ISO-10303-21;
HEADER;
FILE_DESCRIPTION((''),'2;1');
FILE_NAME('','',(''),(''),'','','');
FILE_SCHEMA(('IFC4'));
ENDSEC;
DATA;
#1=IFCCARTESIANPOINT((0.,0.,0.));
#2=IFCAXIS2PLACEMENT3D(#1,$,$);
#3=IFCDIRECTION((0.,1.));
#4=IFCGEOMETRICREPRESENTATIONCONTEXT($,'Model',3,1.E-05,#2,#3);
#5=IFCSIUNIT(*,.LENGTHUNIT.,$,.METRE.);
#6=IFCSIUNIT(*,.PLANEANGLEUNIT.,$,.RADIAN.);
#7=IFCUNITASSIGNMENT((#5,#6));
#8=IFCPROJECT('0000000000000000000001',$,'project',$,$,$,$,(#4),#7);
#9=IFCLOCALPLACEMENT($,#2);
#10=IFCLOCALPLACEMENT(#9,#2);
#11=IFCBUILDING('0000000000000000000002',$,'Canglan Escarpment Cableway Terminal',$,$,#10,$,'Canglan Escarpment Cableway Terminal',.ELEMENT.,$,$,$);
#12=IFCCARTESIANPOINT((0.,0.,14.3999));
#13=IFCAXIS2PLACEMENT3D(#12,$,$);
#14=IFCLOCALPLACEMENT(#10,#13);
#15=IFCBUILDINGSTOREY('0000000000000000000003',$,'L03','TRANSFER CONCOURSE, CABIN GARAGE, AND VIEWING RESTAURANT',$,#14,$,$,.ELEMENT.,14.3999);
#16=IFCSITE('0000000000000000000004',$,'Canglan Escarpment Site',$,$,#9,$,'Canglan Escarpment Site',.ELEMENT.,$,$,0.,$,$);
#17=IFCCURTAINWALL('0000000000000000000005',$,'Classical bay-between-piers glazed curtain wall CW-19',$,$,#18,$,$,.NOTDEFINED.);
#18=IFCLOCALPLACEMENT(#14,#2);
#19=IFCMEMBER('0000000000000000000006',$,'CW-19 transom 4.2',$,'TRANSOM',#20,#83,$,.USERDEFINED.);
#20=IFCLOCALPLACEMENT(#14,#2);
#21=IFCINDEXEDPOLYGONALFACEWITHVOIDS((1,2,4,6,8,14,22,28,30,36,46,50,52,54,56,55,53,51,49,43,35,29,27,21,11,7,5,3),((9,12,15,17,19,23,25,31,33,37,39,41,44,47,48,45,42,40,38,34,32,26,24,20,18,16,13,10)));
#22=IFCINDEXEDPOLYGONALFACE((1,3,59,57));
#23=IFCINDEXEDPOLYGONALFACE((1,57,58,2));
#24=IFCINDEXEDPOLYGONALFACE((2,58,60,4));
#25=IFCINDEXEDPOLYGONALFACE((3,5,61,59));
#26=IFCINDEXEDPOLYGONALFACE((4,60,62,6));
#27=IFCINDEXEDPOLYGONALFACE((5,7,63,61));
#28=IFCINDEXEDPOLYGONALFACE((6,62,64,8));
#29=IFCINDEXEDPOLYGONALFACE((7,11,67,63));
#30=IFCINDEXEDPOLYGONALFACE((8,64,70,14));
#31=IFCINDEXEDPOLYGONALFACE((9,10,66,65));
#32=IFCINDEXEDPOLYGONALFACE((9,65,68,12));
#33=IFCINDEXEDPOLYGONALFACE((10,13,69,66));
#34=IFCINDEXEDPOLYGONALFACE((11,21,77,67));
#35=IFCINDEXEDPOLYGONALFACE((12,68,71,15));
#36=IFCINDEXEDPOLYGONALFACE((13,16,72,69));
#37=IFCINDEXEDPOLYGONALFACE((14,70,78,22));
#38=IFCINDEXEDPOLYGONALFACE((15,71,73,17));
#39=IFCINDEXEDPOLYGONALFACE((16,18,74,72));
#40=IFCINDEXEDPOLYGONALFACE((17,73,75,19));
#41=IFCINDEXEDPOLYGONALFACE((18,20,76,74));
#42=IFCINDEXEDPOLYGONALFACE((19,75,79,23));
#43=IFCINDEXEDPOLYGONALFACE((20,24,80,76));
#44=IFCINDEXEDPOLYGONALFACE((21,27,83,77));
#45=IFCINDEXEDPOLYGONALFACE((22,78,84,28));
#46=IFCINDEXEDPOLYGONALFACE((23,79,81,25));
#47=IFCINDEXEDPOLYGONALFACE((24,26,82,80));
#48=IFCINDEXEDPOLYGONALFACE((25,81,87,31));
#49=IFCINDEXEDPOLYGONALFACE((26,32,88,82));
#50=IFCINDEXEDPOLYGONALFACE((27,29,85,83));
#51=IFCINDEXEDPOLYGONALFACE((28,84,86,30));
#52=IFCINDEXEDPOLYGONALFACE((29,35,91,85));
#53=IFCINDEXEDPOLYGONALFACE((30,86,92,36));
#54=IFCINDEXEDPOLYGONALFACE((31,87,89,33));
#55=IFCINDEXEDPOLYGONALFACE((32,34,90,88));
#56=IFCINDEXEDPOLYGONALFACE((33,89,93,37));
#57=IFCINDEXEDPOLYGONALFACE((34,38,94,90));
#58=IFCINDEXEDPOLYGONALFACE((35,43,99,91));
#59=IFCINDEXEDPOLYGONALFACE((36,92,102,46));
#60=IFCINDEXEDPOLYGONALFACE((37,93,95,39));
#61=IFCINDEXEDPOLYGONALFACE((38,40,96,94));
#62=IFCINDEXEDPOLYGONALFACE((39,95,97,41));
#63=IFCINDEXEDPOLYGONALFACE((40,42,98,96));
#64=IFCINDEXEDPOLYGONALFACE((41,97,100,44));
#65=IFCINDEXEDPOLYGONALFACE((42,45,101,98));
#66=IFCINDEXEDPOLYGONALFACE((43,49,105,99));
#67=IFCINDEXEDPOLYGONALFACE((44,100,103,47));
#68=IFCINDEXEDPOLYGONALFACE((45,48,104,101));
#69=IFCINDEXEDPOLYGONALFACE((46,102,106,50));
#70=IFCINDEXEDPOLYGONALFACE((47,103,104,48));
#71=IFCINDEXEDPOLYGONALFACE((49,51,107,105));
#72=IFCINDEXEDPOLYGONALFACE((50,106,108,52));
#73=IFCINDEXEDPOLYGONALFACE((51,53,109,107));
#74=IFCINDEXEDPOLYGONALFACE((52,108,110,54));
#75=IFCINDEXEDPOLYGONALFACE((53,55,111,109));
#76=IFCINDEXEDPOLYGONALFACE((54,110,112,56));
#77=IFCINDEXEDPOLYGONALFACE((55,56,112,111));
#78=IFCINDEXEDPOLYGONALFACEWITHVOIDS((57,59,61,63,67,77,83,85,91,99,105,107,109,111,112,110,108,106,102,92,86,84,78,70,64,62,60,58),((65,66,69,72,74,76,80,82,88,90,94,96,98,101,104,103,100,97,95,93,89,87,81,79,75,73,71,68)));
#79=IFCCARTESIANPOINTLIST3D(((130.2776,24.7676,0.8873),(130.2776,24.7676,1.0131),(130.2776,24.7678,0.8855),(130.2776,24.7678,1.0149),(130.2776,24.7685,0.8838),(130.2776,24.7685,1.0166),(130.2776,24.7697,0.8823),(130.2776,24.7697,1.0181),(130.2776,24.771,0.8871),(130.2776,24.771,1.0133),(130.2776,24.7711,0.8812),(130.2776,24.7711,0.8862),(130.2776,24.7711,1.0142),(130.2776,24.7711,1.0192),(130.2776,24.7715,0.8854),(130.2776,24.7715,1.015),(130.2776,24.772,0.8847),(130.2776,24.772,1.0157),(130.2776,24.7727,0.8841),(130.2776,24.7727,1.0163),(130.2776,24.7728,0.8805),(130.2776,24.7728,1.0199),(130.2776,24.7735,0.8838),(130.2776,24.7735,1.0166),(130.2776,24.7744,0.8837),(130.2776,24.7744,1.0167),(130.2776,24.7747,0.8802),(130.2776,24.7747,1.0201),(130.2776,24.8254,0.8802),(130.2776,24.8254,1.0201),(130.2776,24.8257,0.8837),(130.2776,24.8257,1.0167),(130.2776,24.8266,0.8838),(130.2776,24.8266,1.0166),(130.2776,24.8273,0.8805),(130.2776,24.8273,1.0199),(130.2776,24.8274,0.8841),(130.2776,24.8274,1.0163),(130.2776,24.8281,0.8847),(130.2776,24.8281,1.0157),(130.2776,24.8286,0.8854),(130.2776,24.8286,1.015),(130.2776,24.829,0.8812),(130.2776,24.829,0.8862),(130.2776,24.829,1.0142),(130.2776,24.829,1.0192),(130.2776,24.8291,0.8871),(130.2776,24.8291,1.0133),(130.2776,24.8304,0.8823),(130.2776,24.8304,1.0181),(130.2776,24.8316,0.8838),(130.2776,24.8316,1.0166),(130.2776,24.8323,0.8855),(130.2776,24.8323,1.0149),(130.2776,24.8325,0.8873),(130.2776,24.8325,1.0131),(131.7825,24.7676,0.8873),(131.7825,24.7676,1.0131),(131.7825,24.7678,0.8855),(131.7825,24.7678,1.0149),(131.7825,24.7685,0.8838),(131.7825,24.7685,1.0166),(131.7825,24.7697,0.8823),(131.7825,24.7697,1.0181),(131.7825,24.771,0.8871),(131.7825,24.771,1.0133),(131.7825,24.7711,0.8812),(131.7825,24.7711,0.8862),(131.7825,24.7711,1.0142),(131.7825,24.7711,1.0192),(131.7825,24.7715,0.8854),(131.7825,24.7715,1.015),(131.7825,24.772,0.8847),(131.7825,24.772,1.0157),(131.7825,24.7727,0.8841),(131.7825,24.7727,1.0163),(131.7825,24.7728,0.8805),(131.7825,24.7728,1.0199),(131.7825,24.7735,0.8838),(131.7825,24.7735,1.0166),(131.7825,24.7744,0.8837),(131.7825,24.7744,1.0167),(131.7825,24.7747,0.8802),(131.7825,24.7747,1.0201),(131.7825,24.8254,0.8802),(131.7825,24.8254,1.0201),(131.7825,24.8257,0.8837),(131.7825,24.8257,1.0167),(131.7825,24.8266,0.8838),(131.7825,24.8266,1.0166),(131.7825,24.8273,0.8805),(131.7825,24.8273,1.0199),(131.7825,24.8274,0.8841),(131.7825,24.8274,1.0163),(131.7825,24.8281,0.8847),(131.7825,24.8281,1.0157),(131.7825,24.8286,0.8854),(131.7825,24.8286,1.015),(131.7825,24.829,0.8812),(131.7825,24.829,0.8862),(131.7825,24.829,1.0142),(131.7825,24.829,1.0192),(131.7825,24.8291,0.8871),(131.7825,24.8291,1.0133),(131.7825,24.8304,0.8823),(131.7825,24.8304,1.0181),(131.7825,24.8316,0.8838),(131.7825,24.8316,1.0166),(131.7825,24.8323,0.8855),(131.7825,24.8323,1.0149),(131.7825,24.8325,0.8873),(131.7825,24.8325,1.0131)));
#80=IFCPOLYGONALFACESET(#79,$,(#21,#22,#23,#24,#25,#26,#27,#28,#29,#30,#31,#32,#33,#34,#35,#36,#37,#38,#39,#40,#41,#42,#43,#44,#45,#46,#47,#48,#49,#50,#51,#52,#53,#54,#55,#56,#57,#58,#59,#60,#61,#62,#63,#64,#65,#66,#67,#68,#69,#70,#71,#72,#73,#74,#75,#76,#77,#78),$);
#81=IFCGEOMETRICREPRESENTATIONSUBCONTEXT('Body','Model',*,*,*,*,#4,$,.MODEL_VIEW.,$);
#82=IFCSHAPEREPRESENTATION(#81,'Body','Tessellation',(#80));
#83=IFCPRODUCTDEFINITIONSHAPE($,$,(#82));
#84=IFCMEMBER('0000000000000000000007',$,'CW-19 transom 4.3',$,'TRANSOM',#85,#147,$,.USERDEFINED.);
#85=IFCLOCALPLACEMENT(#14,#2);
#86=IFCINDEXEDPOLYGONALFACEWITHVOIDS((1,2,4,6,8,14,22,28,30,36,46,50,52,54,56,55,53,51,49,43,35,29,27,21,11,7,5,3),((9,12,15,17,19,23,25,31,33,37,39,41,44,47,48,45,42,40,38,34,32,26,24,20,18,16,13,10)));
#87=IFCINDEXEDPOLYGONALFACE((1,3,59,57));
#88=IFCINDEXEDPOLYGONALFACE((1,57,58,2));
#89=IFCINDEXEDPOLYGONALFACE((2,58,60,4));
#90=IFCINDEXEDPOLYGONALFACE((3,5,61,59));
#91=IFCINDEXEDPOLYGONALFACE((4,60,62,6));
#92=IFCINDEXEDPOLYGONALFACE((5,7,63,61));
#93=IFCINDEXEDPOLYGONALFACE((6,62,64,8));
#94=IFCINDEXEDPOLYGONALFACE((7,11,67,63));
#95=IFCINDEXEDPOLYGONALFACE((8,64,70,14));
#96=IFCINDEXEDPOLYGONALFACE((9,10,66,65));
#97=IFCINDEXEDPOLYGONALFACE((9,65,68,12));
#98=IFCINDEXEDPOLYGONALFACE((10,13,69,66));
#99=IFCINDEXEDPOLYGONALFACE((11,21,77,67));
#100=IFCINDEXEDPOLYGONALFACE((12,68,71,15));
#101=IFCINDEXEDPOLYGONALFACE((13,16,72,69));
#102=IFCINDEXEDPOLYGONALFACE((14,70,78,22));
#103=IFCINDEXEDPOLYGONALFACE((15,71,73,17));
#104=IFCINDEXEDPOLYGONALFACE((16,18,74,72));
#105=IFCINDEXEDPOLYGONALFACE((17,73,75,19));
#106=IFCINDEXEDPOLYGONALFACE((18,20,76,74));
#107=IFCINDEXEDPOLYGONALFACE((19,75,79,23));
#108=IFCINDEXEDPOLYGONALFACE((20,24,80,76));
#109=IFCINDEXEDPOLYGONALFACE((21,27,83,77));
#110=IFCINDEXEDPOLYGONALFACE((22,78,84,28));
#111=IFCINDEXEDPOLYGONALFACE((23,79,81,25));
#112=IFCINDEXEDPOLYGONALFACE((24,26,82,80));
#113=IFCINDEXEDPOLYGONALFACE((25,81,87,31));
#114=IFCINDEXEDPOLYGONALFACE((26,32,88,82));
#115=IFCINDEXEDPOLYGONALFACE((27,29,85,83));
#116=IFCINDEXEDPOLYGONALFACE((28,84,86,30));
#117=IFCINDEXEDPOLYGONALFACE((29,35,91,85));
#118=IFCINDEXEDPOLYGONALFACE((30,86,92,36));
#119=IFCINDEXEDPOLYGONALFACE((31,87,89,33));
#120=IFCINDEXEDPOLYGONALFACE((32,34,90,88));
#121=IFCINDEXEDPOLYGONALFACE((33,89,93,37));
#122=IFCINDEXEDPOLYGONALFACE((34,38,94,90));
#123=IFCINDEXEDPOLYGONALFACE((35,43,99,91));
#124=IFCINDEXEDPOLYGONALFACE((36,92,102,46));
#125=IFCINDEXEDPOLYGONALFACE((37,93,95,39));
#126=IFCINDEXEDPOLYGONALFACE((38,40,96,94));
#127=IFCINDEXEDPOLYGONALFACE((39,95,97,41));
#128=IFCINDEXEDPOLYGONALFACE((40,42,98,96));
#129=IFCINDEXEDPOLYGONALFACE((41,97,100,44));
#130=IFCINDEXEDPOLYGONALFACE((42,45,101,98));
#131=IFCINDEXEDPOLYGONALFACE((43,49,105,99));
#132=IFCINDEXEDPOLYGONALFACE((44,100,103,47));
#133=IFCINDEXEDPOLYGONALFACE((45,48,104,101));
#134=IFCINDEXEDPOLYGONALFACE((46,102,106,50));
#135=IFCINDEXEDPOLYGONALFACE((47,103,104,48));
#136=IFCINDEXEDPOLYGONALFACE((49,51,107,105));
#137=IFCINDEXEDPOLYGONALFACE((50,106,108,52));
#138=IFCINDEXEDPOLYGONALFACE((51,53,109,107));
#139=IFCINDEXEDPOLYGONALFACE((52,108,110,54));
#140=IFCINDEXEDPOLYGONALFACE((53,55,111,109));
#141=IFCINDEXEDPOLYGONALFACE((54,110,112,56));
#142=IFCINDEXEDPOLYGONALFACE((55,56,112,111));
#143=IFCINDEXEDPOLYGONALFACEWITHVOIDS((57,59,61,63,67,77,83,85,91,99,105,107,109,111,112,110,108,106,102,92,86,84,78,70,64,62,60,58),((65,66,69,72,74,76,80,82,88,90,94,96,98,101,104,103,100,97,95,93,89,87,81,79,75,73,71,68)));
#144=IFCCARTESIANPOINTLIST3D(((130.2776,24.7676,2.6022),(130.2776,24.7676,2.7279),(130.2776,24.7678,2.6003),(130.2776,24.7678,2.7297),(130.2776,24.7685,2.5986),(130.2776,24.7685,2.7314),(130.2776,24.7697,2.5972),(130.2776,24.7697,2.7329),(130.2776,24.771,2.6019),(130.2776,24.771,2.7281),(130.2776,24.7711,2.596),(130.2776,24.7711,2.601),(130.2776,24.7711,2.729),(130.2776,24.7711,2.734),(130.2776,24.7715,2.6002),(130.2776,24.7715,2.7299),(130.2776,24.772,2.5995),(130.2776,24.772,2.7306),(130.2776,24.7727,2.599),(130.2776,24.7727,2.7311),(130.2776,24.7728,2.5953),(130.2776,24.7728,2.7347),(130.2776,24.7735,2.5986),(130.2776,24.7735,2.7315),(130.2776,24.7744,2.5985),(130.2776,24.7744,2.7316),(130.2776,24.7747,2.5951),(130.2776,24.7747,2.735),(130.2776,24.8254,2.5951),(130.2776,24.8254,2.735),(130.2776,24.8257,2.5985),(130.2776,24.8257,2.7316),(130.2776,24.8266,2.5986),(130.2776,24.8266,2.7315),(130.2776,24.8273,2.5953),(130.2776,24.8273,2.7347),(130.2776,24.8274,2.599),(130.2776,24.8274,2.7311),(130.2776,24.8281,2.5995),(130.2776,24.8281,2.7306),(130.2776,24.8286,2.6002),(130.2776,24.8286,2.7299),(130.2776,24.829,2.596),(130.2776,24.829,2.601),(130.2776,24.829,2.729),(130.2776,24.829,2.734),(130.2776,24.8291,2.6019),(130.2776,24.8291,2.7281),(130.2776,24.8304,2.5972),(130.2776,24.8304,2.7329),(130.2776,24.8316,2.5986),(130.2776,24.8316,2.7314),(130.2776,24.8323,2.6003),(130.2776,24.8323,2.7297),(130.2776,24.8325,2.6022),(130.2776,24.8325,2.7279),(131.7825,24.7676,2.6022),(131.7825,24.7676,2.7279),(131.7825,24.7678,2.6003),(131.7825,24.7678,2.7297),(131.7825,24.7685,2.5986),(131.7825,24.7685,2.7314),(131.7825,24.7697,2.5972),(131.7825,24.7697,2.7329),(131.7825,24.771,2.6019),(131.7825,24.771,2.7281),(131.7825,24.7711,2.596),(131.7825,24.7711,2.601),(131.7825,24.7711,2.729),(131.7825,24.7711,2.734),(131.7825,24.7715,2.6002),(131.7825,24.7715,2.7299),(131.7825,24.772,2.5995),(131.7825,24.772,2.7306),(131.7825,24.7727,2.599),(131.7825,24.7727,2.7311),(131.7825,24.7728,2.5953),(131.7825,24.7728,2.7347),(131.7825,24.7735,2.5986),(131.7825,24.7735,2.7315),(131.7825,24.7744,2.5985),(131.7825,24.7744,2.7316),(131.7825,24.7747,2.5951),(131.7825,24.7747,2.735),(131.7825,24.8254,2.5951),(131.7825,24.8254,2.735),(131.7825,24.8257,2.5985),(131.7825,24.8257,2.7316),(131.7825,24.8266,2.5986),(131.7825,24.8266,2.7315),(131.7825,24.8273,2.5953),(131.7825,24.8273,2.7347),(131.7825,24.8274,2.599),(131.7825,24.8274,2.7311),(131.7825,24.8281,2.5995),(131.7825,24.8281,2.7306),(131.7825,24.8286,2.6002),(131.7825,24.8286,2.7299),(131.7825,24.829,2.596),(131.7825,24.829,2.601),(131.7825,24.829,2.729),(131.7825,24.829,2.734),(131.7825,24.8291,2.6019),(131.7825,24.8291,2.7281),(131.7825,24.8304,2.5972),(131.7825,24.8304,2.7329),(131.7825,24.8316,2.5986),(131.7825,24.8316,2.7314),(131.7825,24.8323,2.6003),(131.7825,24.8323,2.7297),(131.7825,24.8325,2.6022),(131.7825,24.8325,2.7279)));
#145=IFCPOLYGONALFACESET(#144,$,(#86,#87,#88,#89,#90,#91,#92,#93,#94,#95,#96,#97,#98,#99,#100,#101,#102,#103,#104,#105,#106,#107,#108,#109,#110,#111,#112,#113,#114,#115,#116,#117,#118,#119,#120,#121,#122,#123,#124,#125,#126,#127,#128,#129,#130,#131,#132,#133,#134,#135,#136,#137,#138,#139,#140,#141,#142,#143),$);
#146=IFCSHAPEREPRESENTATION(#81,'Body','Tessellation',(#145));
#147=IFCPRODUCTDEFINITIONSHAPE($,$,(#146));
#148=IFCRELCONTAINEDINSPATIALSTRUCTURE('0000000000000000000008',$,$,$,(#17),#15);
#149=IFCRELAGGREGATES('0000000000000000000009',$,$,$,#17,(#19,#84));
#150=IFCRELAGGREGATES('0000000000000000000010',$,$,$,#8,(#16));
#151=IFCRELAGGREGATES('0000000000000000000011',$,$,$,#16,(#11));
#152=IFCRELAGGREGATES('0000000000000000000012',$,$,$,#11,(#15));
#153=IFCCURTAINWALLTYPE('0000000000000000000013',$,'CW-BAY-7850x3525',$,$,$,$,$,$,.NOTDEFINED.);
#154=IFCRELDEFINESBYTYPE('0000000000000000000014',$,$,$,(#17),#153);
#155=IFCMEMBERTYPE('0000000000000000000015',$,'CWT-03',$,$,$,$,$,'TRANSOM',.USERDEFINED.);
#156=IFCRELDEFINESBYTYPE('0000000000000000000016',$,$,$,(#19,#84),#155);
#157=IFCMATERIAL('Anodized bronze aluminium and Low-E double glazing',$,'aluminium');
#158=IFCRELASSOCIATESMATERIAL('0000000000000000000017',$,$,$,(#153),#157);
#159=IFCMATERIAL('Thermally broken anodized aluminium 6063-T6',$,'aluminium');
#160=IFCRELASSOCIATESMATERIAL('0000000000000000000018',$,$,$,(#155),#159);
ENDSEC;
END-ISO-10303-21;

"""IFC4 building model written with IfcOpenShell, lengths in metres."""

from ifc_helpers import new_model, si_unit, direction, frame, origin, origin_2d, place, context, subcontext, project, spatial, hollow_rectangle, extrude, material, material_profile, profile_set, type_object, element, aggregate, save


model = new_model("IFC4")

# Units and contexts
model_context = context("Model", 3, precision=1e-05, world=origin(), true_north=direction((0.0, 1.0)))
body_context = subcontext(model_context, "Body", "Model", "MODEL_VIEW")
ifc_project = project(units=[si_unit("LENGTHUNIT", "METRE"), si_unit("PLANEANGLEUNIT", "RADIAN")], contexts=[model_context])

# Site, building, storey
site_placement = place(None, origin())
site = spatial("IfcSite", under=ifc_project, at=site_placement, Name="Canglan Escarpment Site", LongName="Canglan Escarpment Site", CompositionType="ELEMENT", RefElevation=0.0)
building_placement = place(site_placement, origin())
building = spatial("IfcBuilding", under=site, at=building_placement, Name="Canglan Escarpment Cableway Terminal", LongName="Canglan Escarpment Cableway Terminal", CompositionType="ELEMENT")
storey_placement = place(building_placement, frame((0.0, 0.0, 14.3999)))
storey = spatial("IfcBuildingStorey", under=building, at=storey_placement, Name="L03", Description="TRANSFER CONCOURSE, CABIN GARAGE, AND VIEWING RESTAURANT", CompositionType="ELEMENT", Elevation=14.3999)

# Shared definitions
ifc_material_1 = material(Name="Anodized bronze aluminium and Low-E double glazing", Category="aluminium")
ifc_material_2 = material(Name="Thermally broken anodized aluminium 6063-T6", Category="aluminium")

# Curtain wall
curtain_wall_type_1 = type_object("IfcCurtainWallType", Name="CW-BAY-7850x3525", PredefinedType="NOTDEFINED", material=ifc_material_1)
curtain_wall_1_placement = place(storey_placement, origin())
curtain_wall_1 = element("IfcCurtainWall", 1, at=curtain_wall_1_placement, inside=storey, type_object=curtain_wall_type_1, Name="Classical bay-between-piers glazed curtain wall CW-19", PredefinedType="NOTDEFINED")

# Members
ifc_material_profile_1 = material_profile(ifc_material_2, hollow_rectangle(XDim=0.0649, YDim=0.1399, WallThickness=0.0034, InnerFilletRadius=0.0034, OuterFilletRadius=0.0071, at=origin_2d()), Name="ALU-TRAN 65x140x3.5")
ifc_profile_set_1 = profile_set([ifc_material_profile_1], Name="Thermally broken anodized aluminium 6063-T6")
member_type_1 = type_object("IfcMemberType", Name="CWT-03", ElementType="TRANSOM", PredefinedType="USERDEFINED", material=ifc_profile_set_1)
member_1_placement = place(storey_placement, frame((131.7825, 24.8, 0.9502), z_axis=(-1.0, 0.0, 0.0), x_axis=(0.0, -1.0, 0.0)))
member_1 = element("IfcMember", 2, at=member_1_placement, type_object=member_type_1, Name="CW-19 transom 4.2", ObjectType="TRANSOM", PredefinedType="USERDEFINED", context=body_context, shape_type="SweptSolid", body=[
    extrude(hollow_rectangle(XDim=0.0649, YDim=0.1399, WallThickness=0.0034, InnerFilletRadius=0.0034, OuterFilletRadius=0.0071, at=origin_2d()), origin(), (0.0, 0.0, 1.0), 1.5049),
])
member_2_placement = place(storey_placement, frame((131.7825, 24.8, 2.665), z_axis=(-1.0, 0.0, 0.0), x_axis=(0.0, -1.0, 0.0)))
member_2 = element("IfcMember", 3, at=member_2_placement, type_object=member_type_1, Name="CW-19 transom 4.3", ObjectType="TRANSOM", PredefinedType="USERDEFINED", context=body_context, shape_type="SweptSolid", body=[
    extrude(hollow_rectangle(XDim=0.0649, YDim=0.1399, WallThickness=0.0034, InnerFilletRadius=0.0034, OuterFilletRadius=0.0071, at=origin_2d()), origin(), (0.0, 0.0, 1.0), 1.5049),
])

aggregate(curtain_wall_1, [member_1, member_2])

save(model, "model.ifc")
